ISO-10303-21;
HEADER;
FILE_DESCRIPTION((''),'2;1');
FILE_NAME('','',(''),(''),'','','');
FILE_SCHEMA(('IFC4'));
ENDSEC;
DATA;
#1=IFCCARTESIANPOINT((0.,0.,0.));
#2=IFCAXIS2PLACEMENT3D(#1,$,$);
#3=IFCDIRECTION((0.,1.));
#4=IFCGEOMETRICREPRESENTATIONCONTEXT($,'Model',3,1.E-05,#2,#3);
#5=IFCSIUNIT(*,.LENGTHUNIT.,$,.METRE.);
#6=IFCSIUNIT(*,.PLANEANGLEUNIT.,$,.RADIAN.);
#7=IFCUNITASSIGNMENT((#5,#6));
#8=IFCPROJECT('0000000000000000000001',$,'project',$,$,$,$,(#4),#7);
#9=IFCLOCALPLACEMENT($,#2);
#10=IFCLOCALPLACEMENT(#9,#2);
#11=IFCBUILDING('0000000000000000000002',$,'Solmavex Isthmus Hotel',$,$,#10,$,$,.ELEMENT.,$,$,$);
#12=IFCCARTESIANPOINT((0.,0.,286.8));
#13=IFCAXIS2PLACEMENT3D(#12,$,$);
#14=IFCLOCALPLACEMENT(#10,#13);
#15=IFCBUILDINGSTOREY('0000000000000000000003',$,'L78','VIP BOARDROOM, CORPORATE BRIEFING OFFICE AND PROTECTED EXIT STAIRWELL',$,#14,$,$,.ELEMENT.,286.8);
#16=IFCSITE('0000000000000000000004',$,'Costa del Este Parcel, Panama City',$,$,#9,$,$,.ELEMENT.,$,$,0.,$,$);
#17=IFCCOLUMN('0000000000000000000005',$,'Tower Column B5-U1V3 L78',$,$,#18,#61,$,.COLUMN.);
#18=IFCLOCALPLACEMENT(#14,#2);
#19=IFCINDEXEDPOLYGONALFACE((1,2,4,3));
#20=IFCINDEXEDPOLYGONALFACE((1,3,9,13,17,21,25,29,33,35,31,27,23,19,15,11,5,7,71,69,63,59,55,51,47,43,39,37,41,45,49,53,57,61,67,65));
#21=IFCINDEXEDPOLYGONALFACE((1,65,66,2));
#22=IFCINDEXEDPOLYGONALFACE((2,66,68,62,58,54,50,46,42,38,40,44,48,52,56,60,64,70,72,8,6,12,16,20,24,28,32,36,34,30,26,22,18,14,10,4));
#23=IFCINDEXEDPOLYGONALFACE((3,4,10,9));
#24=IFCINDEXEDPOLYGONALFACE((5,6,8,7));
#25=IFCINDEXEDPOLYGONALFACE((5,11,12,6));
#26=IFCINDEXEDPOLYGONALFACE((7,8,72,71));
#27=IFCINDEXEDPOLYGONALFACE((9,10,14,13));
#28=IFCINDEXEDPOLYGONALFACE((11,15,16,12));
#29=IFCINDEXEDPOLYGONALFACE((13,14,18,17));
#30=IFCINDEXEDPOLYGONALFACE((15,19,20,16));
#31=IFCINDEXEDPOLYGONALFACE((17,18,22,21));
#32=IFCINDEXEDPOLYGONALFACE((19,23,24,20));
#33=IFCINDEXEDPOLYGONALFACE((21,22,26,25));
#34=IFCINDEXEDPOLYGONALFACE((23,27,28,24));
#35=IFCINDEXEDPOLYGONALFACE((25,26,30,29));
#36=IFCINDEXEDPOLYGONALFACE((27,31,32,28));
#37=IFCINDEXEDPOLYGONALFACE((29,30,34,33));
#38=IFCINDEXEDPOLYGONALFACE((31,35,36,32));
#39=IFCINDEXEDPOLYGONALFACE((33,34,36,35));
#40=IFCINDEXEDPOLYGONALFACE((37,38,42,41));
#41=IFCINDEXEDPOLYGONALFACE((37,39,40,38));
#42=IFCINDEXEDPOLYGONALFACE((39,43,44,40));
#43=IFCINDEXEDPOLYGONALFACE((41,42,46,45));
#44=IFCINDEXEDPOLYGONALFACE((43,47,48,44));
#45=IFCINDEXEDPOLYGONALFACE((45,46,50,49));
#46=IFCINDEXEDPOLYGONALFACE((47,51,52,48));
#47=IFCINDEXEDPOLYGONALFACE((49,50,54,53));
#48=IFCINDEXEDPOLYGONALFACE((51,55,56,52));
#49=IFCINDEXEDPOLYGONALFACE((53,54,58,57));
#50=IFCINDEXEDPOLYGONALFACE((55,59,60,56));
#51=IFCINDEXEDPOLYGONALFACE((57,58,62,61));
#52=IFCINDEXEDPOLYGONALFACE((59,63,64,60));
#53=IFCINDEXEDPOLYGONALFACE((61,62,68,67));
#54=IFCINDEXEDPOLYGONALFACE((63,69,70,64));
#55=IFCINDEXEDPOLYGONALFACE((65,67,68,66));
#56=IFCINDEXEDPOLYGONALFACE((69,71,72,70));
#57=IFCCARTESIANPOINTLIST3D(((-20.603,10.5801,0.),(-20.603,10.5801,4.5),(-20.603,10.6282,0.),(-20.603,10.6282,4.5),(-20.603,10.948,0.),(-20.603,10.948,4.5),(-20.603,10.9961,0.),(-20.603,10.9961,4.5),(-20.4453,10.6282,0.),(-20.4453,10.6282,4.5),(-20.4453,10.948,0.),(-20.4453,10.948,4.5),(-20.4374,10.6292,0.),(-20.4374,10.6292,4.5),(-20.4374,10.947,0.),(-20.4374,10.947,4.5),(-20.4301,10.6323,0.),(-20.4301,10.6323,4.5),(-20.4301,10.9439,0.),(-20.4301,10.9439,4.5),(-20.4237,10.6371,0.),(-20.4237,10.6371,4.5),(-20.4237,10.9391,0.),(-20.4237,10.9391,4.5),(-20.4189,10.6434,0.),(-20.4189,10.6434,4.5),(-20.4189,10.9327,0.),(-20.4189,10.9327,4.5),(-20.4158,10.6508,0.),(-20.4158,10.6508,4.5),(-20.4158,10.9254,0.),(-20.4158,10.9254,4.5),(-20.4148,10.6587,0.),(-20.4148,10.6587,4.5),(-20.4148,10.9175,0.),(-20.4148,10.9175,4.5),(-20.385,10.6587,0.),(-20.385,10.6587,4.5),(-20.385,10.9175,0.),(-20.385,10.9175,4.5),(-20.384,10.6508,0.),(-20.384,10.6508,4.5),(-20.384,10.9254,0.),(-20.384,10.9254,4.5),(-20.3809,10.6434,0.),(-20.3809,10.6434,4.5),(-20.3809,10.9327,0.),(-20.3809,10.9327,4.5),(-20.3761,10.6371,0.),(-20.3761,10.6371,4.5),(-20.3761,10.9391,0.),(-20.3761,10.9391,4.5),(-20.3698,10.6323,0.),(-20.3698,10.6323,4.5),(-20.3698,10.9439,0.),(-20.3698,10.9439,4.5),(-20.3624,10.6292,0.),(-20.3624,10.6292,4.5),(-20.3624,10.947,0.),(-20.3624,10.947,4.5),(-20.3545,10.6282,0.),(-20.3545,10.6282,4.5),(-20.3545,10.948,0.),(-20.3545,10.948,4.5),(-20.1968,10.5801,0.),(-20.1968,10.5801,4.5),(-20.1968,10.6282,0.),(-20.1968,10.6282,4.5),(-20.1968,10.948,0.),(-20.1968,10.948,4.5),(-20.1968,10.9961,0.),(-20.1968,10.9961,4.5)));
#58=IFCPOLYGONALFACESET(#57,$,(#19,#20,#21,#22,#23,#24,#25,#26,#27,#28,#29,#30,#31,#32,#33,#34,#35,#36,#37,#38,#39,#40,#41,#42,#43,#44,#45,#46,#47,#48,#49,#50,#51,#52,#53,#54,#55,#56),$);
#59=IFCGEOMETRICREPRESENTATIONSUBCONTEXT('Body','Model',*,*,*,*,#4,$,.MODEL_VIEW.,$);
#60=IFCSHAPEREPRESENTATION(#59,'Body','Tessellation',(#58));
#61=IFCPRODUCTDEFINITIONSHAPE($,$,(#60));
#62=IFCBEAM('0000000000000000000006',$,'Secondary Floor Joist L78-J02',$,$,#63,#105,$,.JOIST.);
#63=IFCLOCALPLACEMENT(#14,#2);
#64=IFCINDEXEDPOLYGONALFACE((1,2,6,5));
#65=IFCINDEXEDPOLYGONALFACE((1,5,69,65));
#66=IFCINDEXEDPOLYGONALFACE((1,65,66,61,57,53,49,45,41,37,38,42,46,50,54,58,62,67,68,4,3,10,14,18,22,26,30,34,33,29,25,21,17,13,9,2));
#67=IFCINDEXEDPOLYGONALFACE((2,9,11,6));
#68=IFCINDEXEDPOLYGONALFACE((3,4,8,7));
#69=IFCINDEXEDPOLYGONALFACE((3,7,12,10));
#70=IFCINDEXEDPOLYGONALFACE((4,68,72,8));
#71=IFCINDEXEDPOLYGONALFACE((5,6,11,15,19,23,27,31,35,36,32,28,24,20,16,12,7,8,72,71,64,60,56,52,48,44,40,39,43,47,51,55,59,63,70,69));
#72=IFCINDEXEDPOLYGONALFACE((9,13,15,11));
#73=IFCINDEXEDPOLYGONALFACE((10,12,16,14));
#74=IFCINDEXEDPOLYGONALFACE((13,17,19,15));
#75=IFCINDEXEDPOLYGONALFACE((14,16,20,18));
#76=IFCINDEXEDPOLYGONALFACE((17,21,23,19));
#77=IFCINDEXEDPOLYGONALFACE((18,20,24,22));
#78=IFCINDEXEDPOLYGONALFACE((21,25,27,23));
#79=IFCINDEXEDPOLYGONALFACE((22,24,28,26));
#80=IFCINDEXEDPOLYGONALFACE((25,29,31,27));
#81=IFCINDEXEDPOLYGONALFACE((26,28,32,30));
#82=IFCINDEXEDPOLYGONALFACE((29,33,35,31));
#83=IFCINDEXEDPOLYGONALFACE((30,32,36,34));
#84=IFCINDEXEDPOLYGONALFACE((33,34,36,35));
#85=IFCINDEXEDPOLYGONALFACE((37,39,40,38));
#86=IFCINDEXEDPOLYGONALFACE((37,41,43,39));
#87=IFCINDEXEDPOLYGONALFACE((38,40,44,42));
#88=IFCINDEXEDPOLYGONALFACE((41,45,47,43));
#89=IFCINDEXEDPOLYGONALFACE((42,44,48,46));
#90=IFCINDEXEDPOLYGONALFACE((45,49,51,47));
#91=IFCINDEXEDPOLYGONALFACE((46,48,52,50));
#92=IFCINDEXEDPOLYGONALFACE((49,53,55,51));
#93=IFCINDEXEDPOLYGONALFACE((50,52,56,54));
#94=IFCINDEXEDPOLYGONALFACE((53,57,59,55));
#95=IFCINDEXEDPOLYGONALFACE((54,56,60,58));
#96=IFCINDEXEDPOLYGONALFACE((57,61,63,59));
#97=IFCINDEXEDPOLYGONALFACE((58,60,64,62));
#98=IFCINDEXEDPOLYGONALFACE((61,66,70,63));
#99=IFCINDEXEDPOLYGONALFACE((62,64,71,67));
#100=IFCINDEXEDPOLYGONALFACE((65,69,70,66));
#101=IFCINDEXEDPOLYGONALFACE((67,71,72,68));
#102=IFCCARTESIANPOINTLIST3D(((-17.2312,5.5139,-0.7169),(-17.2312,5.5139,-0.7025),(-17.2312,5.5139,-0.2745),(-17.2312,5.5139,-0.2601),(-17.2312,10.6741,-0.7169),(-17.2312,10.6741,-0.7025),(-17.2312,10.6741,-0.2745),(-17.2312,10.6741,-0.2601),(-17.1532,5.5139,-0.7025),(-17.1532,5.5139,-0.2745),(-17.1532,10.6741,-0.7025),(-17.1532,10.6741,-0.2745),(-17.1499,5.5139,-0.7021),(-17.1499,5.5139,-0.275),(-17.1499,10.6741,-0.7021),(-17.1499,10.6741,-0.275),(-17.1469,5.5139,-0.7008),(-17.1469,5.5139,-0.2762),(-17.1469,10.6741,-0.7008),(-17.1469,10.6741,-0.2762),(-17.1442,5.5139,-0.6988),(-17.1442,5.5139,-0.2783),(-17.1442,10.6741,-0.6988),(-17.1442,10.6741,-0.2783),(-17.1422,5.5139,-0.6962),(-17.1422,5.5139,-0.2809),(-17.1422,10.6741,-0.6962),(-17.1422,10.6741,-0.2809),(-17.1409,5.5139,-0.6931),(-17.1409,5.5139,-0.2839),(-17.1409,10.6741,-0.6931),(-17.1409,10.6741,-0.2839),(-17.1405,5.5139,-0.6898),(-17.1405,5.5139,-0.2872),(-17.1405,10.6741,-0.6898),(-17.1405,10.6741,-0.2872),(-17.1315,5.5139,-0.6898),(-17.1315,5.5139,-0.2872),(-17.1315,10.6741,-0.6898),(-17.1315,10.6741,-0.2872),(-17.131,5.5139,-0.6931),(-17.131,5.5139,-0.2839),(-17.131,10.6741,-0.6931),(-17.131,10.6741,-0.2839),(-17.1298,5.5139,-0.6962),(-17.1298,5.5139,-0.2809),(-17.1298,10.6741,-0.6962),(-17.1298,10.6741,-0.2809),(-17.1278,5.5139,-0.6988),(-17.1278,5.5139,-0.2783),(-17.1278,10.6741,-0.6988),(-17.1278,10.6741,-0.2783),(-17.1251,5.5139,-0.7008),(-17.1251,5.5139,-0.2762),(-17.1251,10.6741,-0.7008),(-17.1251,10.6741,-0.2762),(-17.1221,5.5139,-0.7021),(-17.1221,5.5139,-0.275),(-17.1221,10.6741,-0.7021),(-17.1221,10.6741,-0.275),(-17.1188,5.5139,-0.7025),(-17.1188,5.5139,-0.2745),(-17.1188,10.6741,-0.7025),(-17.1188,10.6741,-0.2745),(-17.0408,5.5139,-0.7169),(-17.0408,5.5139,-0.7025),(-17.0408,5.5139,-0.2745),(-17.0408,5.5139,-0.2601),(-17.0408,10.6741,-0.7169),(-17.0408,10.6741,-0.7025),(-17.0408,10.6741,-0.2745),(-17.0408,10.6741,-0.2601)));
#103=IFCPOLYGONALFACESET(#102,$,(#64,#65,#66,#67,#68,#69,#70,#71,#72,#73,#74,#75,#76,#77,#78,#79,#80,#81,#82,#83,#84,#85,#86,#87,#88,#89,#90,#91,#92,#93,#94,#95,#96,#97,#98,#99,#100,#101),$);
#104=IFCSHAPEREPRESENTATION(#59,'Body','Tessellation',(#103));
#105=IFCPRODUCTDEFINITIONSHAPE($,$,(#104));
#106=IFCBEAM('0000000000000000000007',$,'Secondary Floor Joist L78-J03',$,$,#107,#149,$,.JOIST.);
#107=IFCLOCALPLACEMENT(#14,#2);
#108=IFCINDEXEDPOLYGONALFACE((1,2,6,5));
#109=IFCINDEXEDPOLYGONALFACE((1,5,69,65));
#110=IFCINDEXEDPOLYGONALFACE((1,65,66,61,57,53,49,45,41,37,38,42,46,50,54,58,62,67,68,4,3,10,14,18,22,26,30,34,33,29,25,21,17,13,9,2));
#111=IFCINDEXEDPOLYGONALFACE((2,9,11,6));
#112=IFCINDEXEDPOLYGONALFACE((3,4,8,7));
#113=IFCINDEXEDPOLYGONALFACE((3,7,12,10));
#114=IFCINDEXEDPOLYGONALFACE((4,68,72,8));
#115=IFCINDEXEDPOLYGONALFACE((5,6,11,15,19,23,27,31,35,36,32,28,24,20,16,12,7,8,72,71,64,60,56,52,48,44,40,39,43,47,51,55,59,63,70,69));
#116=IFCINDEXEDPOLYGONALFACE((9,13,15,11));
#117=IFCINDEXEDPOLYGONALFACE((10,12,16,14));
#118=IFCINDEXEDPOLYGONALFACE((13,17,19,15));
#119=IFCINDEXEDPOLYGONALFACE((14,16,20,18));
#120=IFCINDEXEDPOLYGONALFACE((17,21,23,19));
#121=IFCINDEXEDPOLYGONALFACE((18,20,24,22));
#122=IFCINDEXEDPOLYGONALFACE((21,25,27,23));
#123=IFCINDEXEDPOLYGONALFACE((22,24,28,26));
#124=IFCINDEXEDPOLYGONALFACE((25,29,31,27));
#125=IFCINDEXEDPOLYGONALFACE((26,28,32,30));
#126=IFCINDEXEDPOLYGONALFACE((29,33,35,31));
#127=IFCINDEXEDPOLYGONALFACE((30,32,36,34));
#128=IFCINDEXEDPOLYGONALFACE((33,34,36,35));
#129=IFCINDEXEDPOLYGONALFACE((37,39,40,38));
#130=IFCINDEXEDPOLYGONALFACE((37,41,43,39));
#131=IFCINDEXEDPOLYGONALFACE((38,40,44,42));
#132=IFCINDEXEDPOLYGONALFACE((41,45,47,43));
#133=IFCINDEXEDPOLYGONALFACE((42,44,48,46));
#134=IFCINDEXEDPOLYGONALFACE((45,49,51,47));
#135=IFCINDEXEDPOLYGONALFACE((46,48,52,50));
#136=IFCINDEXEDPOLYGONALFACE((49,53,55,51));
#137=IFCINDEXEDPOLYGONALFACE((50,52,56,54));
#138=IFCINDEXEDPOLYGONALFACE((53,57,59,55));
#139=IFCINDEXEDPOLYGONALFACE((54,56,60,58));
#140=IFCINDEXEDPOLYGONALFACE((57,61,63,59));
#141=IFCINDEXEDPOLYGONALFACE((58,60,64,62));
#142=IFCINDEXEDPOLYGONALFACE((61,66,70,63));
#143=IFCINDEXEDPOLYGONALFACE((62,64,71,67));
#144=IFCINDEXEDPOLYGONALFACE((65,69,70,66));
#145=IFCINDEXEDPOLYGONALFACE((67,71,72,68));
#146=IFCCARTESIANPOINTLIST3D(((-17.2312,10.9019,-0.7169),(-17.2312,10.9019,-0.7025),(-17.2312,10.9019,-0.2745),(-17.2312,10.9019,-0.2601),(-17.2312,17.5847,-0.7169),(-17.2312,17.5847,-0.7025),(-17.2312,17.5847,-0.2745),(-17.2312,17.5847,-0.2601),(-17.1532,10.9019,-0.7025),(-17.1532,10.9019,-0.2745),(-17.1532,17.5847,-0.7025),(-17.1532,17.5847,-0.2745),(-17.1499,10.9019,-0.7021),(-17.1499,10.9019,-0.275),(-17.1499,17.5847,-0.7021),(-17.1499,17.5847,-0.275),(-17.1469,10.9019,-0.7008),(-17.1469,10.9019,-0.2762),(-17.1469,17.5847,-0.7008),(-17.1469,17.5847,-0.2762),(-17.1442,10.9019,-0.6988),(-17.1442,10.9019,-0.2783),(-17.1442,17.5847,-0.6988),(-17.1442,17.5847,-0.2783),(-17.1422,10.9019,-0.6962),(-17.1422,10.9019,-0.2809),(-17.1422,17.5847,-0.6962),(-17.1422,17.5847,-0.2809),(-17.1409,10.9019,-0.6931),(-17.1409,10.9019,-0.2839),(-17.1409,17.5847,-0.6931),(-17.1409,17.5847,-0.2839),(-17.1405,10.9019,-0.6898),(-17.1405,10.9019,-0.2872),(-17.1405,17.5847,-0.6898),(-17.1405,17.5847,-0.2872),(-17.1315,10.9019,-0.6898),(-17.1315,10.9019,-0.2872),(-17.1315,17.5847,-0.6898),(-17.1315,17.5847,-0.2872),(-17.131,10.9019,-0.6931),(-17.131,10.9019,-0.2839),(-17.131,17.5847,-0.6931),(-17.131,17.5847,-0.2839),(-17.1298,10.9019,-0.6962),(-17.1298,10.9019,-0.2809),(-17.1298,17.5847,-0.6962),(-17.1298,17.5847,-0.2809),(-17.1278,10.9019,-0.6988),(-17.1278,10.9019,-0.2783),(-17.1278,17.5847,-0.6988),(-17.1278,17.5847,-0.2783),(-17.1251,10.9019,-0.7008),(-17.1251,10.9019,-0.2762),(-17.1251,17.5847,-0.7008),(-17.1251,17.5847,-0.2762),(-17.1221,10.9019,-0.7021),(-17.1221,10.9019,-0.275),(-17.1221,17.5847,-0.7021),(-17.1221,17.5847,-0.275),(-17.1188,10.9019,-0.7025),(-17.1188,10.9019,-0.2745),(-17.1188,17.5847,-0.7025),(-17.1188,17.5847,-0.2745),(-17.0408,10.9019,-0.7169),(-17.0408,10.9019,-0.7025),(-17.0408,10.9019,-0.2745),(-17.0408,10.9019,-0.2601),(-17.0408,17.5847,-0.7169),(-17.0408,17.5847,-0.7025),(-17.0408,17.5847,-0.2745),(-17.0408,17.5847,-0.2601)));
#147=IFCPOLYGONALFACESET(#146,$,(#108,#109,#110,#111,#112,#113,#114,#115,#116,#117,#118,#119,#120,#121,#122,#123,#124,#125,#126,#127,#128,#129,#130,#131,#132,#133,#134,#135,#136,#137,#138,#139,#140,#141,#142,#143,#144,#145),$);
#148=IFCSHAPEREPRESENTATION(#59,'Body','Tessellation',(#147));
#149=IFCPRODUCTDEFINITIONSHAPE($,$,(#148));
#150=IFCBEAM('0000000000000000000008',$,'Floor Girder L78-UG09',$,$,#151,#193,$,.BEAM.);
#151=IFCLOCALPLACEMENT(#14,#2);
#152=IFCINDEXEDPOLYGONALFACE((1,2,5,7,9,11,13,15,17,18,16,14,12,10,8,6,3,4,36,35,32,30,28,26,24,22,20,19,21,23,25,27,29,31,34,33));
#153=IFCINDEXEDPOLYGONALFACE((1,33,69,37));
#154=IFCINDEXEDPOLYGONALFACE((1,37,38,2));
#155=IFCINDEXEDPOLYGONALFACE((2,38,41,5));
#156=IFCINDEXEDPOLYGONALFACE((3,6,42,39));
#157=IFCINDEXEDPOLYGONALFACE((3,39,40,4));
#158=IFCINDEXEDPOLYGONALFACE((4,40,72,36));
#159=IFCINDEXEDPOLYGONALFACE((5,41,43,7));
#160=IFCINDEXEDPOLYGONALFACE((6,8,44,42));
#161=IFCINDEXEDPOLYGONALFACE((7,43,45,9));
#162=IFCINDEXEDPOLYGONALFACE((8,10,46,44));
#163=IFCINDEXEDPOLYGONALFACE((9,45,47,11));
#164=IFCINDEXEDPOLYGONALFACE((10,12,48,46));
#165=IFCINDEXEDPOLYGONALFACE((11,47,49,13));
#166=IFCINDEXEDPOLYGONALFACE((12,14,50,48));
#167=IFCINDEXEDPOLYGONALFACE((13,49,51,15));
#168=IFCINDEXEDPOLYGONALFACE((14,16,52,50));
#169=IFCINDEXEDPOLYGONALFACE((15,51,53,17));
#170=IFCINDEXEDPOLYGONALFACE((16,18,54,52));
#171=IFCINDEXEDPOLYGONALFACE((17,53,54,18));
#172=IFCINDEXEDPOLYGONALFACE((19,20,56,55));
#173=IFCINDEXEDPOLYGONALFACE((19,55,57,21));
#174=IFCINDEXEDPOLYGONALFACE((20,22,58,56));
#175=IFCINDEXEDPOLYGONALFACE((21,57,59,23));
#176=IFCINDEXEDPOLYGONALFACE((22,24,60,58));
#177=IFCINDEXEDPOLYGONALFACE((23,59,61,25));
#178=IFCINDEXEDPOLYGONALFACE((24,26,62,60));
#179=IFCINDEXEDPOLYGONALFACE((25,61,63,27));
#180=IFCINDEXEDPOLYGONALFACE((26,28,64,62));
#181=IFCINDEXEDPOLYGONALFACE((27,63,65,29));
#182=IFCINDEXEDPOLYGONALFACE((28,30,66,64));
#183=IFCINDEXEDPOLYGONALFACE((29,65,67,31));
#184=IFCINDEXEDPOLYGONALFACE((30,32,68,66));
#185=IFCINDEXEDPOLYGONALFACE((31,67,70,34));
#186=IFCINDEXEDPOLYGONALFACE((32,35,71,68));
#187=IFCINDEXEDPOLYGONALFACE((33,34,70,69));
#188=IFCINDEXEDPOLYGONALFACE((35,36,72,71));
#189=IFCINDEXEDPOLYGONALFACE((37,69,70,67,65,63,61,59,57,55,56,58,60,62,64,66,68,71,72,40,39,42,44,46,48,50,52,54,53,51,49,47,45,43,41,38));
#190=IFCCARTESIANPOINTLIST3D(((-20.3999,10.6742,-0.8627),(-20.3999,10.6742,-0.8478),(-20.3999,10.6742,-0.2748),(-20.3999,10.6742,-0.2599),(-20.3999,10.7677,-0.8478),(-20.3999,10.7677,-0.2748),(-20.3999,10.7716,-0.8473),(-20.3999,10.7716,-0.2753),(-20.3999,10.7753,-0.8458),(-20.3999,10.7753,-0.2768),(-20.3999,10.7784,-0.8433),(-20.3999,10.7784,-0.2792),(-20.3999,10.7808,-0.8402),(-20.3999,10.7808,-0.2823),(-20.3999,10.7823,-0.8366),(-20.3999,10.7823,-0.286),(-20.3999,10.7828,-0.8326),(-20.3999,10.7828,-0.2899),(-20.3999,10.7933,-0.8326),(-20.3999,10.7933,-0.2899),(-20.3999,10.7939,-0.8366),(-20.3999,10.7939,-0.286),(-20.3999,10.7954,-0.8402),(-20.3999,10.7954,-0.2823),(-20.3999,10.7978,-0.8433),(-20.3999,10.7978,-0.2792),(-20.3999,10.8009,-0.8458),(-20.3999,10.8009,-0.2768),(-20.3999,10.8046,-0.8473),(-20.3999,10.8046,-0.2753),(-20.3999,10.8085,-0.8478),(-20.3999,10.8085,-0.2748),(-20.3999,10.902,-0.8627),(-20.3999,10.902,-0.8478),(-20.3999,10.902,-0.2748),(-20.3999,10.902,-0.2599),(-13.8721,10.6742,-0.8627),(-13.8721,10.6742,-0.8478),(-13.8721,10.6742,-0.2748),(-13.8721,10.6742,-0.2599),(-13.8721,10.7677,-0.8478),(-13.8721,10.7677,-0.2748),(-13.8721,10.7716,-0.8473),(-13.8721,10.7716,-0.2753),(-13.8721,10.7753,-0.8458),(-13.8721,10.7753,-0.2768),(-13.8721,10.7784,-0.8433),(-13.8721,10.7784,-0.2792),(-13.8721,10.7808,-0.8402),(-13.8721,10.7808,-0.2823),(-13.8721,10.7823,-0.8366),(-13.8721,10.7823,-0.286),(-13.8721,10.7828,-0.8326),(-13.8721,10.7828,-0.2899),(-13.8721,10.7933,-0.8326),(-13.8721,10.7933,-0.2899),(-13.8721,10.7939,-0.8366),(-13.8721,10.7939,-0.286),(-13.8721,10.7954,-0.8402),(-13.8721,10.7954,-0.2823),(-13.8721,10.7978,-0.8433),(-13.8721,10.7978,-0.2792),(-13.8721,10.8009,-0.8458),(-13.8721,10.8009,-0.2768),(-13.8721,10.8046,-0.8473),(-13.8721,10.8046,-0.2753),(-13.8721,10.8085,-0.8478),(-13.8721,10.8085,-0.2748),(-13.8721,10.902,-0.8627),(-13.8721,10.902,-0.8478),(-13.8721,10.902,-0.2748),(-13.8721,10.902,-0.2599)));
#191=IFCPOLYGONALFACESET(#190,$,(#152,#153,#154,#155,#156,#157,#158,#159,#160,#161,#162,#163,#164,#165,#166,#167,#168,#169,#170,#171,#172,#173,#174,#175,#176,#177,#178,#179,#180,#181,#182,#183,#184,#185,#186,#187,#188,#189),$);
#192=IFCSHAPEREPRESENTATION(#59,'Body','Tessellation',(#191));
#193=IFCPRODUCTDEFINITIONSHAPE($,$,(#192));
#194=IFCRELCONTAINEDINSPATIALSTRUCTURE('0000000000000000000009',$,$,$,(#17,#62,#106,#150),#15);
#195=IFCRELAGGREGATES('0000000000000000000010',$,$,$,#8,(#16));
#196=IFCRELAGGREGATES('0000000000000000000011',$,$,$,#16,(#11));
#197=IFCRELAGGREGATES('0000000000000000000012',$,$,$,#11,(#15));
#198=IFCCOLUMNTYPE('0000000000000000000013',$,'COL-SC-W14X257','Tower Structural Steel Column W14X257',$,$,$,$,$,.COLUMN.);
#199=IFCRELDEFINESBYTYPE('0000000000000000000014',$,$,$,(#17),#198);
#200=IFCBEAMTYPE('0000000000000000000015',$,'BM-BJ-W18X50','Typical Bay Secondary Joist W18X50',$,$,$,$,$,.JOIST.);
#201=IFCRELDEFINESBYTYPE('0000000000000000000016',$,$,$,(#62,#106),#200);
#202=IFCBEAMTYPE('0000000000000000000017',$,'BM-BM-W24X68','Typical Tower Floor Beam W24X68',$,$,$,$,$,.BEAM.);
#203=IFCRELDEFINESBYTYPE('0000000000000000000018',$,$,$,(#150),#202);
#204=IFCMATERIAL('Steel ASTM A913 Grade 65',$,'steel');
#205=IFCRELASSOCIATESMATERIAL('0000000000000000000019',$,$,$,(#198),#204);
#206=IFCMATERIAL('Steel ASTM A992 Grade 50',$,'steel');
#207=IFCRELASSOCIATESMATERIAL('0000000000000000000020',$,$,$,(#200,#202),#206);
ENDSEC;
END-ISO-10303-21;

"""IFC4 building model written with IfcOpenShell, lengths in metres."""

from ifc_helpers import new_model, si_unit, direction, frame, origin, origin_2d, place, context, subcontext, project, spatial, i_section, extrude, material, material_profile, profile_set, type_object, element, save


model = new_model("IFC4")

# Units and contexts
model_context = context("Model", 3, precision=1e-05, world=origin(), true_north=direction((0.0, 1.0)))
body_context = subcontext(model_context, "Body", "Model", "MODEL_VIEW")
ifc_project = project(units=[si_unit("LENGTHUNIT", "METRE"), si_unit("PLANEANGLEUNIT", "RADIAN")], contexts=[model_context])

# Site, building, storey
site_placement = place(None, origin())
site = spatial("IfcSite", under=ifc_project, at=site_placement, Name="Costa del Este Parcel, Panama City", CompositionType="ELEMENT", RefElevation=0.0)
building_placement = place(site_placement, origin())
building = spatial("IfcBuilding", under=site, at=building_placement, Name="Solmavex Isthmus Hotel", CompositionType="ELEMENT")
storey_placement = place(building_placement, frame((0.0, 0.0, 286.8)))
storey = spatial("IfcBuildingStorey", under=building, at=storey_placement, Name="L78", Description="VIP BOARDROOM, CORPORATE BRIEFING OFFICE AND PROTECTED EXIT STAIRWELL", CompositionType="ELEMENT", Elevation=286.8)

# Column
ifc_material_1 = material(Name="Steel ASTM A913 Grade 65", Category="steel")
ifc_material_profile_1 = material_profile(ifc_material_1, i_section(OverallWidth=0.4062, OverallDepth=0.416, WebThickness=0.0298, FlangeThickness=0.0481, FilletRadius=0.0305, at=origin_2d()), Name="W14X257")
ifc_profile_set_1 = profile_set([ifc_material_profile_1], Name="Steel ASTM A913 Grade 65")
column_type = type_object("IfcColumnType", Name="COL-SC-W14X257", Description="Tower Structural Steel Column W14X257", PredefinedType="COLUMN", material=ifc_profile_set_1)
column_placement = place(storey_placement, frame((-20.3999, 10.7881, 0.0), z_axis=(0.0, 0.0, 1.0), x_axis=(1.0, 0.0, 0.0)))
element("IfcColumn", 1, at=column_placement, inside=storey, type_object=column_type, Name="Tower Column B5-U1V3 L78", PredefinedType="COLUMN", context=body_context, shape_type="SweptSolid", body=[
    extrude(i_section(OverallWidth=0.4062, OverallDepth=0.416, WebThickness=0.0298, FlangeThickness=0.0481, FilletRadius=0.0305, at=origin_2d()), origin(), (0.0, 0.0, 1.0), 4.5),
])

# Beams
ifc_material_2 = material(Name="Steel ASTM A992 Grade 50", Category="steel")
ifc_material_profile_2 = material_profile(ifc_material_2, i_section(OverallWidth=0.1904, OverallDepth=0.4568, WebThickness=0.009, FlangeThickness=0.0144, FilletRadius=0.0127, at=origin_2d()), Name="W18X50")
ifc_profile_set_2 = profile_set([ifc_material_profile_2], Name="Steel ASTM A992 Grade 50")
beam_type_1 = type_object("IfcBeamType", Name="BM-BJ-W18X50", Description="Typical Bay Secondary Joist W18X50", PredefinedType="JOIST", material=ifc_profile_set_2)
beam_1_placement = place(storey_placement, frame((-17.136, 5.5139, -0.4885), z_axis=(0.0, 1.0, 0.0), x_axis=(-1.0, 0.0, 0.0)))
element("IfcBeam", 2, at=beam_1_placement, inside=storey, type_object=beam_type_1, Name="Secondary Floor Joist L78-J02", PredefinedType="JOIST", context=body_context, shape_type="SweptSolid", body=[
    extrude(i_section(OverallWidth=0.1904, OverallDepth=0.4568, WebThickness=0.009, FlangeThickness=0.0144, FilletRadius=0.0127, at=origin_2d()), origin(), (0.0, 0.0, 1.0), 5.1602),
])
beam_2_placement = place(storey_placement, frame((-17.136, 10.9019, -0.4885), z_axis=(0.0, 1.0, 0.0), x_axis=(-1.0, 0.0, 0.0)))
element("IfcBeam", 3, at=beam_2_placement, inside=storey, type_object=beam_type_1, Name="Secondary Floor Joist L78-J03", PredefinedType="JOIST", context=body_context, shape_type="SweptSolid", body=[
    extrude(i_section(OverallWidth=0.1904, OverallDepth=0.4568, WebThickness=0.009, FlangeThickness=0.0144, FilletRadius=0.0127, at=origin_2d()), origin(), (0.0, 0.0, 1.0), 6.6829),
])
ifc_material_profile_3 = material_profile(ifc_material_2, i_section(OverallWidth=0.2278, OverallDepth=0.6028, WebThickness=0.0105, FlangeThickness=0.0149, FilletRadius=0.0151, at=origin_2d()), Name="W24X68")
ifc_profile_set_3 = profile_set([ifc_material_profile_3], Name="Steel ASTM A992 Grade 50")
beam_type_2 = type_object("IfcBeamType", Name="BM-BM-W24X68", Description="Typical Tower Floor Beam W24X68", PredefinedType="BEAM", material=ifc_profile_set_3)
beam_3_placement = place(storey_placement, frame((-20.3999, 10.7881, -0.5613), z_axis=(1.0, 0.0, 0.0), x_axis=(0.0, 1.0, 0.0)))
element("IfcBeam", 4, at=beam_3_placement, inside=storey, type_object=beam_type_2, Name="Floor Girder L78-UG09", PredefinedType="BEAM", context=body_context, shape_type="SweptSolid", body=[
    extrude(i_section(OverallWidth=0.2278, OverallDepth=0.6028, WebThickness=0.0105, FlangeThickness=0.0149, FilletRadius=0.0151, at=origin_2d()), origin(), (0.0, 0.0, 1.0), 6.5278),
])

save(model, "model.ifc")
